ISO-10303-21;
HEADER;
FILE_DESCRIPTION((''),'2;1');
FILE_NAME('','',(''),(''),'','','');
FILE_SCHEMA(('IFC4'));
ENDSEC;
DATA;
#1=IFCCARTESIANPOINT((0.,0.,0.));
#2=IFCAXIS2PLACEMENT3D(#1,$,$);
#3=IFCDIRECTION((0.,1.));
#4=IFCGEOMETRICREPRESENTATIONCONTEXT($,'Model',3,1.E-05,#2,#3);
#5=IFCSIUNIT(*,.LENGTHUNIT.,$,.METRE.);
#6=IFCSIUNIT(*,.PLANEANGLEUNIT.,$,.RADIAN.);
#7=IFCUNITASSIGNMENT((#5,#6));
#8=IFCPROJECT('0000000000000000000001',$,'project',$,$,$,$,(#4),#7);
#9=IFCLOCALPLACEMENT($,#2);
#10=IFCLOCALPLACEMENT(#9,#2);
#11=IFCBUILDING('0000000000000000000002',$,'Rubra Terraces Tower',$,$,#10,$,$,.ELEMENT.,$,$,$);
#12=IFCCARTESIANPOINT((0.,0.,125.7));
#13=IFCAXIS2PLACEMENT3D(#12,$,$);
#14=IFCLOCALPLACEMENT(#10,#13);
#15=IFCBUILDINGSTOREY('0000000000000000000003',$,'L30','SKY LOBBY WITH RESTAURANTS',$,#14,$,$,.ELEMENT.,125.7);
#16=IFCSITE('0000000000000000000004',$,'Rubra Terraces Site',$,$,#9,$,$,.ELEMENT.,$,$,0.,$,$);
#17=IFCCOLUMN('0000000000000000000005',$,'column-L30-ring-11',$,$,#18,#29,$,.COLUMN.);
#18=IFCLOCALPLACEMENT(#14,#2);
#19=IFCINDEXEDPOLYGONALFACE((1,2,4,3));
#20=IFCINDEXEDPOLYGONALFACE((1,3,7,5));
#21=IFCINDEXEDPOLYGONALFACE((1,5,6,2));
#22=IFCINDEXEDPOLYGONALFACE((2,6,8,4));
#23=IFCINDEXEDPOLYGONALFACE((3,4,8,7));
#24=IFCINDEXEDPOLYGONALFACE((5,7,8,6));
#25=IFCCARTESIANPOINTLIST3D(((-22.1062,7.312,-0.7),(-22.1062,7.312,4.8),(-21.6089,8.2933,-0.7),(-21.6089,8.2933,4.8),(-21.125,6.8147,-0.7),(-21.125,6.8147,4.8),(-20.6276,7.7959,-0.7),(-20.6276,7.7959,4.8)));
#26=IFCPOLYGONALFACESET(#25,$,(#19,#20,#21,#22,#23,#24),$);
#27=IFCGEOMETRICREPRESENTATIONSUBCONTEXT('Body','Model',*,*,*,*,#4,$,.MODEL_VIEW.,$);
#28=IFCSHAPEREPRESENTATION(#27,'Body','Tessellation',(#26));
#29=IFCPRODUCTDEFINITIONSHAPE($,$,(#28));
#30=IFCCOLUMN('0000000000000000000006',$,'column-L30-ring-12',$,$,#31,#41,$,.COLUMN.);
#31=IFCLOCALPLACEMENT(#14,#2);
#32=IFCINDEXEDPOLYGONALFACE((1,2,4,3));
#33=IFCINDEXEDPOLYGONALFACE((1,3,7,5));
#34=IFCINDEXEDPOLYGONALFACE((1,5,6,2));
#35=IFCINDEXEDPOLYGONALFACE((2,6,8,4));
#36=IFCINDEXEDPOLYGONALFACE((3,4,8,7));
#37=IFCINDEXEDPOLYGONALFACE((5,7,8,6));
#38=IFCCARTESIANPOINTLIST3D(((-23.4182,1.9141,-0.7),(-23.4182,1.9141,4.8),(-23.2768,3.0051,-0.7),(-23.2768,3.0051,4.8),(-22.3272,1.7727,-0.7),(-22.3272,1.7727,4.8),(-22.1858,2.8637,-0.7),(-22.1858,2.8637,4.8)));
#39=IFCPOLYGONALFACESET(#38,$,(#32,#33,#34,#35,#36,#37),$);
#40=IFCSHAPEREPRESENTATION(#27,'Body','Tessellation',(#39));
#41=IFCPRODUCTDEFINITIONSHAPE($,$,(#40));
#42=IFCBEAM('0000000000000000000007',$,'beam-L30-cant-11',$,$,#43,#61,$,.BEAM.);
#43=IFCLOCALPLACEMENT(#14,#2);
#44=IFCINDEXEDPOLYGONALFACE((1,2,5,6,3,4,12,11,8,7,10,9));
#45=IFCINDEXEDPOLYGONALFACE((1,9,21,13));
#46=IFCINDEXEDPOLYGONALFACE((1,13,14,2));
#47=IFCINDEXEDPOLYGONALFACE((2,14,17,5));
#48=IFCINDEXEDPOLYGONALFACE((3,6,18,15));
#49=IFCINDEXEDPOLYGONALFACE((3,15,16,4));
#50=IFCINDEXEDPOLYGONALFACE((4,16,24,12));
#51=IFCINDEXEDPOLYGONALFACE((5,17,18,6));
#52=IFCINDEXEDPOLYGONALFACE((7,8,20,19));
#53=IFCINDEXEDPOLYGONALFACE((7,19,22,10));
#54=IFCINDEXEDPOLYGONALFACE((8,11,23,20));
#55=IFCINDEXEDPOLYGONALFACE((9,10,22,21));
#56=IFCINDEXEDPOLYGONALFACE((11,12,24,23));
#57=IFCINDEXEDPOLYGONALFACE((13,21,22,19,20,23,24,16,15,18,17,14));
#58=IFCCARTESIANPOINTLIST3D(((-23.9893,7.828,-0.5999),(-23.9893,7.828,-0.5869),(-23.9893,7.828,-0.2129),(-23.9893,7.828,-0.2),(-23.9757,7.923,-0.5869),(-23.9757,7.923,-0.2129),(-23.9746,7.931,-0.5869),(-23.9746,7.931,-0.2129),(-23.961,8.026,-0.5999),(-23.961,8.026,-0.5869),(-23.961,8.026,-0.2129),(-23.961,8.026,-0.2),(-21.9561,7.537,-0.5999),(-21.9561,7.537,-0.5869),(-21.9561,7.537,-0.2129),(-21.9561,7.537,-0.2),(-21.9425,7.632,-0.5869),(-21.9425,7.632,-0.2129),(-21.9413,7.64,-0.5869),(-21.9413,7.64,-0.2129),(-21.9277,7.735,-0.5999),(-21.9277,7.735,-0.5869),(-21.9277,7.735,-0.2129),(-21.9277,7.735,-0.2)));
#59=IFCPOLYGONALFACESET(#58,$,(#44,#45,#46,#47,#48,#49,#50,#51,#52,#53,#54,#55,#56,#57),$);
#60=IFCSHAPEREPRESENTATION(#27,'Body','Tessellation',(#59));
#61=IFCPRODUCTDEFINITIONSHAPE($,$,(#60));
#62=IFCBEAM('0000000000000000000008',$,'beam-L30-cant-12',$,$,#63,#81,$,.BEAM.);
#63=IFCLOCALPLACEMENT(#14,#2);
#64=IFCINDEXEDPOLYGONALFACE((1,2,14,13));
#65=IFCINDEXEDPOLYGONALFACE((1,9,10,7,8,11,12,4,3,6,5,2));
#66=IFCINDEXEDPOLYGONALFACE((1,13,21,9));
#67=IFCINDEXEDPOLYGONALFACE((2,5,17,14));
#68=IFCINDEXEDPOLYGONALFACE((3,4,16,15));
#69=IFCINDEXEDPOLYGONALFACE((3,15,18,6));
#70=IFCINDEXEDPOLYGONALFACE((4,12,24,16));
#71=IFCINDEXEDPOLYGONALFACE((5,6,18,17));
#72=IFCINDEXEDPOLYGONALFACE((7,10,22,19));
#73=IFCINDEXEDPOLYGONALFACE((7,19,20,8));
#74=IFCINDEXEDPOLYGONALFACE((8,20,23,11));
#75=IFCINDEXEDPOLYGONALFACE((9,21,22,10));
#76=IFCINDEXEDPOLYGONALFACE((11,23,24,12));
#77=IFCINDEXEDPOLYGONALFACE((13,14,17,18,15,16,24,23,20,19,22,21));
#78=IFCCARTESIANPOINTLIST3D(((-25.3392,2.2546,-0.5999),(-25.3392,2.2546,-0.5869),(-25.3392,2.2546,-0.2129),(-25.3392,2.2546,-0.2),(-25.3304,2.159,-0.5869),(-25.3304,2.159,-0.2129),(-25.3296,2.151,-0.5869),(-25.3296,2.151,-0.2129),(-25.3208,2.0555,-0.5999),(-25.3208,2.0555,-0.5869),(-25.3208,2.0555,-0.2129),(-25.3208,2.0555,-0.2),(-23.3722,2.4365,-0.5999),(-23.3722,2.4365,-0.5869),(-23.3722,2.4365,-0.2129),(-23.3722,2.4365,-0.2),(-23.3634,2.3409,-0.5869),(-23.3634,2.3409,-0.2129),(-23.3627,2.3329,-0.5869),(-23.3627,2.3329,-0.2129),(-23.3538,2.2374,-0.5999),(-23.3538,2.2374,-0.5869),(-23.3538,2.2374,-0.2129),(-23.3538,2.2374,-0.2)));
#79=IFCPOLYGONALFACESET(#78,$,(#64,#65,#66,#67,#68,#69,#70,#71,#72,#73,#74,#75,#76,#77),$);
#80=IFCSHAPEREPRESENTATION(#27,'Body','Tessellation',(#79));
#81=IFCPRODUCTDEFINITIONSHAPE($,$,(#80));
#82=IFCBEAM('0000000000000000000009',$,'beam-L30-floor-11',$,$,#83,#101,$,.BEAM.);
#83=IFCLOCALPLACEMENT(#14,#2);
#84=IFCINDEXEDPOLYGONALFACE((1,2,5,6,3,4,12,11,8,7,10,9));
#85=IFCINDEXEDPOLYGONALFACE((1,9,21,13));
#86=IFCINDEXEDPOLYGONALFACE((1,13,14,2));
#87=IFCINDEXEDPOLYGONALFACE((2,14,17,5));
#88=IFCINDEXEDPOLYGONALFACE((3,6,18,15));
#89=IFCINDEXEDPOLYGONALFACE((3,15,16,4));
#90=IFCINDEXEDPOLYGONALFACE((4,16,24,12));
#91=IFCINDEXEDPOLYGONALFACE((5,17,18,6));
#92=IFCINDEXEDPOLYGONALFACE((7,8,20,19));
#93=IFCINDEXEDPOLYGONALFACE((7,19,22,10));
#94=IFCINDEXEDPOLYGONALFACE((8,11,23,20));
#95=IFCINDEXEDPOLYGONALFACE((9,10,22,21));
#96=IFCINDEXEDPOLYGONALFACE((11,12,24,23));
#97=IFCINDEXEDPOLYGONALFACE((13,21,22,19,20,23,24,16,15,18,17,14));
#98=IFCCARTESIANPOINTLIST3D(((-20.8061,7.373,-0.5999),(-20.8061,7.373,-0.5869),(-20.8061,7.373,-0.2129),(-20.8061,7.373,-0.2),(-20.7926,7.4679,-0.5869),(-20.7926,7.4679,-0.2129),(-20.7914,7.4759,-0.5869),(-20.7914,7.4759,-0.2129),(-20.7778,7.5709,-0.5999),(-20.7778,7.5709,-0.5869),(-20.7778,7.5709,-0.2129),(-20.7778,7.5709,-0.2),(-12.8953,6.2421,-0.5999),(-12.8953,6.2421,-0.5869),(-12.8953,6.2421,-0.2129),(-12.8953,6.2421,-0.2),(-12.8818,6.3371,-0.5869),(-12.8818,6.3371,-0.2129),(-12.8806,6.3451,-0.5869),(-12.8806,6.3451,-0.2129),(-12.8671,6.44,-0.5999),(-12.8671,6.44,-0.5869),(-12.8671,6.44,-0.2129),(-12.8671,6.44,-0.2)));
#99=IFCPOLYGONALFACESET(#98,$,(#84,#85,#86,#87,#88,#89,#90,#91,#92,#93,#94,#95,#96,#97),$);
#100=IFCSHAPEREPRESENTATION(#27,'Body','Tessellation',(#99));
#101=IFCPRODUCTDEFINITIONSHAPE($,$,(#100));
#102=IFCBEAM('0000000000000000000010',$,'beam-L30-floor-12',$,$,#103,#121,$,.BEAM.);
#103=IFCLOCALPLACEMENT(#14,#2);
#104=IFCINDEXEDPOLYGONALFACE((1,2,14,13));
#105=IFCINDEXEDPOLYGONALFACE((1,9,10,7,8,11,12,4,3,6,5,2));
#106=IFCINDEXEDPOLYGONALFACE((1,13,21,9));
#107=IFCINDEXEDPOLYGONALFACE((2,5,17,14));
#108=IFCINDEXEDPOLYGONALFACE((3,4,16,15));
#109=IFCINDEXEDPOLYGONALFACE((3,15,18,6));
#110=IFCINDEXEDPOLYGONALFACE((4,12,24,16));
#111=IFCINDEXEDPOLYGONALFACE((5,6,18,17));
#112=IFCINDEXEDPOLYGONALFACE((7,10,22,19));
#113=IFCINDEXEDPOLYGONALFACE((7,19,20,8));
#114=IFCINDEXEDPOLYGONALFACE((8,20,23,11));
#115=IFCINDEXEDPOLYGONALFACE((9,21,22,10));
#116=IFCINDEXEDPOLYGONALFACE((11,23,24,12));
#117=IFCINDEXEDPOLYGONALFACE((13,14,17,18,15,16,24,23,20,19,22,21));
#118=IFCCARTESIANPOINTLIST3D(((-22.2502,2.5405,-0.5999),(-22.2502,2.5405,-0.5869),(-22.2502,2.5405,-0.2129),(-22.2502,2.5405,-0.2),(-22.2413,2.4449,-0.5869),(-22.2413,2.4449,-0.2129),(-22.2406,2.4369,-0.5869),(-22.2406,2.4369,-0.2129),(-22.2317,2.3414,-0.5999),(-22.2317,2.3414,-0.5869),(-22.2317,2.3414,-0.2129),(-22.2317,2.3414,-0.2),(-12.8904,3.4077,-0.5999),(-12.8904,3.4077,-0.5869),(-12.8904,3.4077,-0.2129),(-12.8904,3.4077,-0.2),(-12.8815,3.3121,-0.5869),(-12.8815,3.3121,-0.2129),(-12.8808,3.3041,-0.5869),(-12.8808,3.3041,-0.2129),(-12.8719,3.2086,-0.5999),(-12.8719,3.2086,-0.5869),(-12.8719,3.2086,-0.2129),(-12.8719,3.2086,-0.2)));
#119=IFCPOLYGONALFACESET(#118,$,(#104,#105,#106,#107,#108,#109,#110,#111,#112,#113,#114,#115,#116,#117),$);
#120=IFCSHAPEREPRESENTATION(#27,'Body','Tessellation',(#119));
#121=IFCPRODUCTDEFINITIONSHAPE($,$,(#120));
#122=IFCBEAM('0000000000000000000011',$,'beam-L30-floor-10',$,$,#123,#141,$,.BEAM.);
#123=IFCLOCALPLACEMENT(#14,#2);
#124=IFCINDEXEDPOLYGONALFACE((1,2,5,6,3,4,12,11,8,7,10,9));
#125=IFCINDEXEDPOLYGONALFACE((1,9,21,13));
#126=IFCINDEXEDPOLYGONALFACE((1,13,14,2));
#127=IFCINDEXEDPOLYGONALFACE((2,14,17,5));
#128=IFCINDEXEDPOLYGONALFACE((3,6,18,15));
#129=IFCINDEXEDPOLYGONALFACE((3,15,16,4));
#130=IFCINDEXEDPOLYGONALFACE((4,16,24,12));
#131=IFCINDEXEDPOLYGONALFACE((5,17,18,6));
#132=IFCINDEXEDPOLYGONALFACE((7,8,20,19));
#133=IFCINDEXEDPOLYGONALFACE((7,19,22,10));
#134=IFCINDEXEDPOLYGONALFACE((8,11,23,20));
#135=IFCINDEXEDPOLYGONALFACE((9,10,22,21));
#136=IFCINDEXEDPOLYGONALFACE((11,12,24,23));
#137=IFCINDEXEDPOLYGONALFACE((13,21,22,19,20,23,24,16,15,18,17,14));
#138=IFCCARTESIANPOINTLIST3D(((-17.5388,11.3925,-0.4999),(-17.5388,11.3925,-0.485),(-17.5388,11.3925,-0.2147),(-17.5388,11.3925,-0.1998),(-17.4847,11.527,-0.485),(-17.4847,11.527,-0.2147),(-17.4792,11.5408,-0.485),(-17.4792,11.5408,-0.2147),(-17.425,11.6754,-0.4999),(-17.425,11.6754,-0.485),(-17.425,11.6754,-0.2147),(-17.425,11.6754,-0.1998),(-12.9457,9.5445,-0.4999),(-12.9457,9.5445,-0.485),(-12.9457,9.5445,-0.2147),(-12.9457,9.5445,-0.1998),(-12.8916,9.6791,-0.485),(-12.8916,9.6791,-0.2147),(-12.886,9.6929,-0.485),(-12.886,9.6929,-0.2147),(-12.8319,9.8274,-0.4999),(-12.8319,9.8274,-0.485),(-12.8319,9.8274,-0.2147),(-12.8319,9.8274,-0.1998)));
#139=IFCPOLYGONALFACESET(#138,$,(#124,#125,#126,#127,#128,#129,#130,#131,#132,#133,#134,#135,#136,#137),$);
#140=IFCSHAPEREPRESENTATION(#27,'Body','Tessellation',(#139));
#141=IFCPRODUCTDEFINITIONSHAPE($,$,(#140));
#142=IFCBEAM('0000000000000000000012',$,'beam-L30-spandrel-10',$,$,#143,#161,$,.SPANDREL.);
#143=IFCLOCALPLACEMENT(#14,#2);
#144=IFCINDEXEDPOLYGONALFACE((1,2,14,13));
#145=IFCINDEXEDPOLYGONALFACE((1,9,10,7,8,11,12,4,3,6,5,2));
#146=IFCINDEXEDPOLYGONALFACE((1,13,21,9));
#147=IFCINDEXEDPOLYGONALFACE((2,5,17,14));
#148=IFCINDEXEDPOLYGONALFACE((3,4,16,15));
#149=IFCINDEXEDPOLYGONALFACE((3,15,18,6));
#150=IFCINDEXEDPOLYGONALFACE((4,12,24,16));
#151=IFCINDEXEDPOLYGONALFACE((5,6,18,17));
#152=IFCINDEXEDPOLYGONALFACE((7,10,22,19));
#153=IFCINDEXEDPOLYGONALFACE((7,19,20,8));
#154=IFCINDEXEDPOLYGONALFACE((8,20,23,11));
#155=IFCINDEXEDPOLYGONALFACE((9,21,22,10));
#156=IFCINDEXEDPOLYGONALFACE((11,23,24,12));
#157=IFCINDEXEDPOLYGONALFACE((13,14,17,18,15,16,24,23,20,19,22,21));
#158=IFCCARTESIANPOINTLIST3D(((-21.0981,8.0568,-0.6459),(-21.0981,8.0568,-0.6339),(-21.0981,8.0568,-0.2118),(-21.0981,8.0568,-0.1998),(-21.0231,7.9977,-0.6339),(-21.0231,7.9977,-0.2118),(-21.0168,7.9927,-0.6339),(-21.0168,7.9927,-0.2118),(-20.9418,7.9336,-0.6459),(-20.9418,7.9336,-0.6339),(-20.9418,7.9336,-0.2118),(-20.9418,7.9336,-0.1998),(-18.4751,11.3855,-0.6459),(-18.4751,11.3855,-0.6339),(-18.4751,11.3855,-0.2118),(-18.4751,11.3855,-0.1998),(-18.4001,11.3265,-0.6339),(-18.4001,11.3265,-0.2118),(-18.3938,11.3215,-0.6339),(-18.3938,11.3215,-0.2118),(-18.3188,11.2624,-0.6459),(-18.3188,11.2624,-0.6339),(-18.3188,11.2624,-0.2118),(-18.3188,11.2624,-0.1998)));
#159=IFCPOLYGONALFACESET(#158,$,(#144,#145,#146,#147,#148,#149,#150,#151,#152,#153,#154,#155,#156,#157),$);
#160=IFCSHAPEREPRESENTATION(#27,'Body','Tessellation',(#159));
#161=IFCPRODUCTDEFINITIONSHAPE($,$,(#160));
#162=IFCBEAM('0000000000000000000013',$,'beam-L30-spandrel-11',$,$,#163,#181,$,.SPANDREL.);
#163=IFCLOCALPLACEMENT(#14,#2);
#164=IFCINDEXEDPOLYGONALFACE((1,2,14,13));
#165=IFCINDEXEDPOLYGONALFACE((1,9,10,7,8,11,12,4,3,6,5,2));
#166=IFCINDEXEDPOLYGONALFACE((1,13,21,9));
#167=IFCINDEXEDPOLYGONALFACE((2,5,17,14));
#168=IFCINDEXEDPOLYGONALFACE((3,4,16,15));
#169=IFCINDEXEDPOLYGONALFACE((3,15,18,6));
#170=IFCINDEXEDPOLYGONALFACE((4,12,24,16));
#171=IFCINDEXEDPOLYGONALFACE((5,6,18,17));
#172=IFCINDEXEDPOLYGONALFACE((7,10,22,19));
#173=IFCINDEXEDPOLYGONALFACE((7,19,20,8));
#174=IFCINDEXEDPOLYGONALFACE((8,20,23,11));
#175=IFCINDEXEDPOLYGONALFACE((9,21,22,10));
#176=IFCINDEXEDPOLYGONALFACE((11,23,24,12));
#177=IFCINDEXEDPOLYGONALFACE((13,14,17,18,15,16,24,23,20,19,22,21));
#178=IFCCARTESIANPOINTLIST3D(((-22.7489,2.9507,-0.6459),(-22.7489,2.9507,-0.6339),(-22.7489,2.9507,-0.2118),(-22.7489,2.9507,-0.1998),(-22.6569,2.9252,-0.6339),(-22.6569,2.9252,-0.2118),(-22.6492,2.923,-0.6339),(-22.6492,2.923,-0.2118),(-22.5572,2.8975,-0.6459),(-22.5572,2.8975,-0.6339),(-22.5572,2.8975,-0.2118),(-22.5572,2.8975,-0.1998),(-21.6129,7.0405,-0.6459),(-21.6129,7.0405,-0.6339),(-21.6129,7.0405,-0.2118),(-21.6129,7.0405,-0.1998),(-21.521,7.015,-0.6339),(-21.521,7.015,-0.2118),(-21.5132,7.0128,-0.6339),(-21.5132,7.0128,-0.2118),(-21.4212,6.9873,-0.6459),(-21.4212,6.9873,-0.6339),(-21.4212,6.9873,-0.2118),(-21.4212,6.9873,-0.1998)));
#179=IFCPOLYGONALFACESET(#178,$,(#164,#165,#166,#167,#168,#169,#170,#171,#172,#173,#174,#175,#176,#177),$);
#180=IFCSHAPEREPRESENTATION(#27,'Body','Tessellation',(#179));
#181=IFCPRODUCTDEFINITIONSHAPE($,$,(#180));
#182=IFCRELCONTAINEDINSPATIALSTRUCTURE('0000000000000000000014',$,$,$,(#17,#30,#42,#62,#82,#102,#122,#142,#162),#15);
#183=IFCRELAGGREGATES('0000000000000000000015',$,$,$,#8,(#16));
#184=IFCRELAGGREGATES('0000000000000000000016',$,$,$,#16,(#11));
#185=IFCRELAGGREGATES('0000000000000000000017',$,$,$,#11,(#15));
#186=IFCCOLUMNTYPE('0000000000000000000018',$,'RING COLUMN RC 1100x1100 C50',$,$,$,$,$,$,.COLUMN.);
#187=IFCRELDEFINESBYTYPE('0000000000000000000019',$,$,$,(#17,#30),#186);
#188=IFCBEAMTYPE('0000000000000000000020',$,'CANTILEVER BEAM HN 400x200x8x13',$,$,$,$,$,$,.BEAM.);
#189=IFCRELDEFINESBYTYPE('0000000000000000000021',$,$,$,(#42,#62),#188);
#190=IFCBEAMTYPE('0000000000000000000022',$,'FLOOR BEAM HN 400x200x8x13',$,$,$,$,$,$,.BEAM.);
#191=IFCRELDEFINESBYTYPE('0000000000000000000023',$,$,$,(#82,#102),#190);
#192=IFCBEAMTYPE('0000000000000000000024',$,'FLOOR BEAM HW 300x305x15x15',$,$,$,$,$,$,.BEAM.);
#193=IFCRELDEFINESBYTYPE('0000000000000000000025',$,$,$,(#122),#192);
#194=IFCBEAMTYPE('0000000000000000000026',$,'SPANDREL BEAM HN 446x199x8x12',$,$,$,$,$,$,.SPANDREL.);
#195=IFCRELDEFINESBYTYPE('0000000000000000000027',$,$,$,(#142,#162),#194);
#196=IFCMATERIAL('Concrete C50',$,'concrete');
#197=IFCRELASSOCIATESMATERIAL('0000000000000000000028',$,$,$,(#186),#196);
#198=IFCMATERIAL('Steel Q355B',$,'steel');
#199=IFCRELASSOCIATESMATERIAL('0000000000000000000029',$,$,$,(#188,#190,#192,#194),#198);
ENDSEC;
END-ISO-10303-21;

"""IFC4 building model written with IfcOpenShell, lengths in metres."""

from ifc_helpers import new_model, si_unit, direction, frame, origin, origin_2d, place, context, subcontext, project, spatial, rectangle, i_section, extrude, material, material_profile, profile_set, type_object, element, save


model = new_model("IFC4")

# Units and contexts
model_context = context("Model", 3, precision=1e-05, world=origin(), true_north=direction((0.0, 1.0)))
body_context = subcontext(model_context, "Body", "Model", "MODEL_VIEW")
ifc_project = project(units=[si_unit("LENGTHUNIT", "METRE"), si_unit("PLANEANGLEUNIT", "RADIAN")], contexts=[model_context])

# Site, building, storey
site_placement = place(None, origin())
site = spatial("IfcSite", under=ifc_project, at=site_placement, Name="Rubra Terraces Site", CompositionType="ELEMENT", RefElevation=0.0)
building_placement = place(site_placement, origin())
building = spatial("IfcBuilding", under=site, at=building_placement, Name="Rubra Terraces Tower", CompositionType="ELEMENT")
storey_placement = place(building_placement, frame((0.0, 0.0, 125.7)))
storey = spatial("IfcBuildingStorey", under=building, at=storey_placement, Name="L30", Description="SKY LOBBY WITH RESTAURANTS", CompositionType="ELEMENT", Elevation=125.7)

# Columns
ifc_material_1 = material(Name="Concrete C50", Category="concrete")
ifc_material_profile_1 = material_profile(ifc_material_1, rectangle(XDim=1.1001, YDim=1.1001, at=origin_2d()), Name="RC 1100x1100")
ifc_profile_set_1 = profile_set([ifc_material_profile_1], Name="Concrete C50")
column_type = type_object("IfcColumnType", Name="RING COLUMN RC 1100x1100 C50", PredefinedType="COLUMN", material=ifc_profile_set_1)
for number, where, z_axis, x_axis, name in (
    (1, (-21.3669, 7.554, -0.7), (0.0, 0.0, 1.0), (-0.452079, -0.891978, 0.0), "column-L30-ring-11"),
    (2, (-22.802, 2.3889, -0.7), (0.0, 0.0, 1.0), (-0.128535, -0.991705, 0.0), "column-L30-ring-12"),
):
    element("IfcColumn", number, at=place(storey_placement, frame(where, z_axis=z_axis, x_axis=x_axis)), inside=storey, type_object=column_type, Name=name, PredefinedType="COLUMN", context=body_context, shape_type="SweptSolid", body=[
        extrude(rectangle(XDim=1.1001, YDim=1.1001, at=origin_2d()), origin(), (0.0, 0.0, 1.0), 5.5),
    ])

# Beams
ifc_material_2 = material(Name="Steel Q355B", Category="steel")
ifc_material_profile_2 = material_profile(ifc_material_2, i_section(OverallWidth=0.2, OverallDepth=0.3999, WebThickness=0.0081, FlangeThickness=0.0129, at=origin_2d()), Name="HN 400x200x8x13")
ifc_profile_set_2 = profile_set([ifc_material_profile_2], Name="Steel Q355B")
beam_type_1 = type_object("IfcBeamType", Name="CANTILEVER BEAM HN 400x200x8x13", PredefinedType="BEAM", material=ifc_profile_set_2)
beam_1_placement = place(storey_placement, frame((-21.9419, 7.636, -0.3999), z_axis=(-0.989911, 0.141688, 0.0), x_axis=(-0.141688, -0.989911, 0.0)))
element("IfcBeam", 3, at=beam_1_placement, inside=storey, type_object=beam_type_1, Name="beam-L30-cant-11", PredefinedType="BEAM", context=body_context, shape_type="SweptSolid", body=[
    extrude(i_section(OverallWidth=0.2, OverallDepth=0.3999, WebThickness=0.0081, FlangeThickness=0.0129, at=origin_2d()), origin(), (0.0, 0.0, 1.0), 2.054),
])
beam_2_placement = place(storey_placement, frame((-23.363, 2.3369, -0.3999), z_axis=(-0.995752, -0.092073, 0.0), x_axis=(0.092073, -0.995752, 0.0)))
element("IfcBeam", 4, at=beam_2_placement, inside=storey, type_object=beam_type_1, Name="beam-L30-cant-12", PredefinedType="BEAM", context=body_context, shape_type="SweptSolid", body=[
    extrude(i_section(OverallWidth=0.2, OverallDepth=0.3999, WebThickness=0.0081, FlangeThickness=0.0129, at=origin_2d()), origin(), (0.0, 0.0, 1.0), 1.9753),
])
ifc_material_profile_3 = material_profile(ifc_material_2, i_section(OverallWidth=0.2, OverallDepth=0.3999, WebThickness=0.0081, FlangeThickness=0.0129, at=origin_2d()), Name="HN 400x200x8x13")
ifc_profile_set_3 = profile_set([ifc_material_profile_3], Name="Steel Q355B")
beam_type_2 = type_object("IfcBeamType", Name="FLOOR BEAM HN 400x200x8x13", PredefinedType="BEAM", material=ifc_profile_set_3)
beam_3_placement = place(storey_placement, frame((-20.792, 7.4719, -0.3999), z_axis=(0.989937, -0.141511, 0.0), x_axis=(0.141511, 0.989937, 0.0)))
element("IfcBeam", 5, at=beam_3_placement, inside=storey, type_object=beam_type_2, Name="beam-L30-floor-11", PredefinedType="BEAM", context=body_context, shape_type="SweptSolid", body=[
    extrude(i_section(OverallWidth=0.2, OverallDepth=0.3999, WebThickness=0.0081, FlangeThickness=0.0129, at=origin_2d()), origin(), (0.0, 0.0, 1.0), 7.9912),
])
beam_4_placement = place(storey_placement, frame((-22.241, 2.4409, -0.3999), z_axis=(0.995735, 0.092254, 0.0), x_axis=(-0.092254, 0.995735, 0.0)))
element("IfcBeam", 6, at=beam_4_placement, inside=storey, type_object=beam_type_2, Name="beam-L30-floor-12", PredefinedType="BEAM", context=body_context, shape_type="SweptSolid", body=[
    extrude(i_section(OverallWidth=0.2, OverallDepth=0.3999, WebThickness=0.0081, FlangeThickness=0.0129, at=origin_2d()), origin(), (0.0, 0.0, 1.0), 9.3999),
])
ifc_material_profile_4 = material_profile(ifc_material_2, i_section(OverallWidth=0.3049, OverallDepth=0.3, WebThickness=0.0149, FlangeThickness=0.0149, at=origin_2d()), Name="HW 300x305x15x15")
ifc_profile_set_4 = profile_set([ifc_material_profile_4], Name="Steel Q355B")
beam_type_3 = type_object("IfcBeamType", Name="FLOOR BEAM HW 300x305x15x15", PredefinedType="BEAM", material=ifc_profile_set_4)
beam_5_placement = place(storey_placement, frame((-17.4819, 11.5339, -0.3499), z_axis=(0.92773, -0.373252, 0.0), x_axis=(0.373252, 0.92773, 0.0)))
element("IfcBeam", 7, at=beam_5_placement, inside=storey, type_object=beam_type_3, Name="beam-L30-floor-10", PredefinedType="BEAM", context=body_context, shape_type="SweptSolid", body=[
    extrude(i_section(OverallWidth=0.3049, OverallDepth=0.3, WebThickness=0.0149, FlangeThickness=0.0149, at=origin_2d()), origin(), (0.0, 0.0, 1.0), 4.9509),
])
ifc_material_profile_5 = material_profile(ifc_material_2, i_section(OverallWidth=0.199, OverallDepth=0.446, WebThickness=0.0081, FlangeThickness=0.012, at=origin_2d()), Name="HN 446x199x8x12")
ifc_profile_set_5 = profile_set([ifc_material_profile_5], Name="Steel Q355B")
beam_type_4 = type_object("IfcBeamType", Name="SPANDREL BEAM HN 446x199x8x12", PredefinedType="SPANDREL", material=ifc_profile_set_5)
beam_6_placement = place(storey_placement, frame((-18.397, 11.324, -0.4229), z_axis=(-0.618917, -0.785456, 0.0), x_axis=(0.785456, -0.618917, 0.0)))
element("IfcBeam", 8, at=beam_6_placement, inside=storey, type_object=beam_type_4, Name="beam-L30-spandrel-10", PredefinedType="SPANDREL", context=body_context, shape_type="SweptSolid", body=[
    extrude(i_section(OverallWidth=0.199, OverallDepth=0.446, WebThickness=0.0081, FlangeThickness=0.012, at=origin_2d()), origin(), (0.0, 0.0, 1.0), 4.238),
])
beam_7_placement = place(storey_placement, frame((-21.5171, 7.0139, -0.4229), z_axis=(-0.267626, -0.963523, 0.0), x_axis=(0.963523, -0.267626, 0.0)))
element("IfcBeam", 9, at=beam_7_placement, inside=storey, type_object=beam_type_4, Name="beam-L30-spandrel-11", PredefinedType="SPANDREL", context=body_context, shape_type="SweptSolid", body=[
    extrude(i_section(OverallWidth=0.199, OverallDepth=0.446, WebThickness=0.0081, FlangeThickness=0.012, at=origin_2d()), origin(), (0.0, 0.0, 1.0), 4.2446),
])

save(model, "model.ifc")
